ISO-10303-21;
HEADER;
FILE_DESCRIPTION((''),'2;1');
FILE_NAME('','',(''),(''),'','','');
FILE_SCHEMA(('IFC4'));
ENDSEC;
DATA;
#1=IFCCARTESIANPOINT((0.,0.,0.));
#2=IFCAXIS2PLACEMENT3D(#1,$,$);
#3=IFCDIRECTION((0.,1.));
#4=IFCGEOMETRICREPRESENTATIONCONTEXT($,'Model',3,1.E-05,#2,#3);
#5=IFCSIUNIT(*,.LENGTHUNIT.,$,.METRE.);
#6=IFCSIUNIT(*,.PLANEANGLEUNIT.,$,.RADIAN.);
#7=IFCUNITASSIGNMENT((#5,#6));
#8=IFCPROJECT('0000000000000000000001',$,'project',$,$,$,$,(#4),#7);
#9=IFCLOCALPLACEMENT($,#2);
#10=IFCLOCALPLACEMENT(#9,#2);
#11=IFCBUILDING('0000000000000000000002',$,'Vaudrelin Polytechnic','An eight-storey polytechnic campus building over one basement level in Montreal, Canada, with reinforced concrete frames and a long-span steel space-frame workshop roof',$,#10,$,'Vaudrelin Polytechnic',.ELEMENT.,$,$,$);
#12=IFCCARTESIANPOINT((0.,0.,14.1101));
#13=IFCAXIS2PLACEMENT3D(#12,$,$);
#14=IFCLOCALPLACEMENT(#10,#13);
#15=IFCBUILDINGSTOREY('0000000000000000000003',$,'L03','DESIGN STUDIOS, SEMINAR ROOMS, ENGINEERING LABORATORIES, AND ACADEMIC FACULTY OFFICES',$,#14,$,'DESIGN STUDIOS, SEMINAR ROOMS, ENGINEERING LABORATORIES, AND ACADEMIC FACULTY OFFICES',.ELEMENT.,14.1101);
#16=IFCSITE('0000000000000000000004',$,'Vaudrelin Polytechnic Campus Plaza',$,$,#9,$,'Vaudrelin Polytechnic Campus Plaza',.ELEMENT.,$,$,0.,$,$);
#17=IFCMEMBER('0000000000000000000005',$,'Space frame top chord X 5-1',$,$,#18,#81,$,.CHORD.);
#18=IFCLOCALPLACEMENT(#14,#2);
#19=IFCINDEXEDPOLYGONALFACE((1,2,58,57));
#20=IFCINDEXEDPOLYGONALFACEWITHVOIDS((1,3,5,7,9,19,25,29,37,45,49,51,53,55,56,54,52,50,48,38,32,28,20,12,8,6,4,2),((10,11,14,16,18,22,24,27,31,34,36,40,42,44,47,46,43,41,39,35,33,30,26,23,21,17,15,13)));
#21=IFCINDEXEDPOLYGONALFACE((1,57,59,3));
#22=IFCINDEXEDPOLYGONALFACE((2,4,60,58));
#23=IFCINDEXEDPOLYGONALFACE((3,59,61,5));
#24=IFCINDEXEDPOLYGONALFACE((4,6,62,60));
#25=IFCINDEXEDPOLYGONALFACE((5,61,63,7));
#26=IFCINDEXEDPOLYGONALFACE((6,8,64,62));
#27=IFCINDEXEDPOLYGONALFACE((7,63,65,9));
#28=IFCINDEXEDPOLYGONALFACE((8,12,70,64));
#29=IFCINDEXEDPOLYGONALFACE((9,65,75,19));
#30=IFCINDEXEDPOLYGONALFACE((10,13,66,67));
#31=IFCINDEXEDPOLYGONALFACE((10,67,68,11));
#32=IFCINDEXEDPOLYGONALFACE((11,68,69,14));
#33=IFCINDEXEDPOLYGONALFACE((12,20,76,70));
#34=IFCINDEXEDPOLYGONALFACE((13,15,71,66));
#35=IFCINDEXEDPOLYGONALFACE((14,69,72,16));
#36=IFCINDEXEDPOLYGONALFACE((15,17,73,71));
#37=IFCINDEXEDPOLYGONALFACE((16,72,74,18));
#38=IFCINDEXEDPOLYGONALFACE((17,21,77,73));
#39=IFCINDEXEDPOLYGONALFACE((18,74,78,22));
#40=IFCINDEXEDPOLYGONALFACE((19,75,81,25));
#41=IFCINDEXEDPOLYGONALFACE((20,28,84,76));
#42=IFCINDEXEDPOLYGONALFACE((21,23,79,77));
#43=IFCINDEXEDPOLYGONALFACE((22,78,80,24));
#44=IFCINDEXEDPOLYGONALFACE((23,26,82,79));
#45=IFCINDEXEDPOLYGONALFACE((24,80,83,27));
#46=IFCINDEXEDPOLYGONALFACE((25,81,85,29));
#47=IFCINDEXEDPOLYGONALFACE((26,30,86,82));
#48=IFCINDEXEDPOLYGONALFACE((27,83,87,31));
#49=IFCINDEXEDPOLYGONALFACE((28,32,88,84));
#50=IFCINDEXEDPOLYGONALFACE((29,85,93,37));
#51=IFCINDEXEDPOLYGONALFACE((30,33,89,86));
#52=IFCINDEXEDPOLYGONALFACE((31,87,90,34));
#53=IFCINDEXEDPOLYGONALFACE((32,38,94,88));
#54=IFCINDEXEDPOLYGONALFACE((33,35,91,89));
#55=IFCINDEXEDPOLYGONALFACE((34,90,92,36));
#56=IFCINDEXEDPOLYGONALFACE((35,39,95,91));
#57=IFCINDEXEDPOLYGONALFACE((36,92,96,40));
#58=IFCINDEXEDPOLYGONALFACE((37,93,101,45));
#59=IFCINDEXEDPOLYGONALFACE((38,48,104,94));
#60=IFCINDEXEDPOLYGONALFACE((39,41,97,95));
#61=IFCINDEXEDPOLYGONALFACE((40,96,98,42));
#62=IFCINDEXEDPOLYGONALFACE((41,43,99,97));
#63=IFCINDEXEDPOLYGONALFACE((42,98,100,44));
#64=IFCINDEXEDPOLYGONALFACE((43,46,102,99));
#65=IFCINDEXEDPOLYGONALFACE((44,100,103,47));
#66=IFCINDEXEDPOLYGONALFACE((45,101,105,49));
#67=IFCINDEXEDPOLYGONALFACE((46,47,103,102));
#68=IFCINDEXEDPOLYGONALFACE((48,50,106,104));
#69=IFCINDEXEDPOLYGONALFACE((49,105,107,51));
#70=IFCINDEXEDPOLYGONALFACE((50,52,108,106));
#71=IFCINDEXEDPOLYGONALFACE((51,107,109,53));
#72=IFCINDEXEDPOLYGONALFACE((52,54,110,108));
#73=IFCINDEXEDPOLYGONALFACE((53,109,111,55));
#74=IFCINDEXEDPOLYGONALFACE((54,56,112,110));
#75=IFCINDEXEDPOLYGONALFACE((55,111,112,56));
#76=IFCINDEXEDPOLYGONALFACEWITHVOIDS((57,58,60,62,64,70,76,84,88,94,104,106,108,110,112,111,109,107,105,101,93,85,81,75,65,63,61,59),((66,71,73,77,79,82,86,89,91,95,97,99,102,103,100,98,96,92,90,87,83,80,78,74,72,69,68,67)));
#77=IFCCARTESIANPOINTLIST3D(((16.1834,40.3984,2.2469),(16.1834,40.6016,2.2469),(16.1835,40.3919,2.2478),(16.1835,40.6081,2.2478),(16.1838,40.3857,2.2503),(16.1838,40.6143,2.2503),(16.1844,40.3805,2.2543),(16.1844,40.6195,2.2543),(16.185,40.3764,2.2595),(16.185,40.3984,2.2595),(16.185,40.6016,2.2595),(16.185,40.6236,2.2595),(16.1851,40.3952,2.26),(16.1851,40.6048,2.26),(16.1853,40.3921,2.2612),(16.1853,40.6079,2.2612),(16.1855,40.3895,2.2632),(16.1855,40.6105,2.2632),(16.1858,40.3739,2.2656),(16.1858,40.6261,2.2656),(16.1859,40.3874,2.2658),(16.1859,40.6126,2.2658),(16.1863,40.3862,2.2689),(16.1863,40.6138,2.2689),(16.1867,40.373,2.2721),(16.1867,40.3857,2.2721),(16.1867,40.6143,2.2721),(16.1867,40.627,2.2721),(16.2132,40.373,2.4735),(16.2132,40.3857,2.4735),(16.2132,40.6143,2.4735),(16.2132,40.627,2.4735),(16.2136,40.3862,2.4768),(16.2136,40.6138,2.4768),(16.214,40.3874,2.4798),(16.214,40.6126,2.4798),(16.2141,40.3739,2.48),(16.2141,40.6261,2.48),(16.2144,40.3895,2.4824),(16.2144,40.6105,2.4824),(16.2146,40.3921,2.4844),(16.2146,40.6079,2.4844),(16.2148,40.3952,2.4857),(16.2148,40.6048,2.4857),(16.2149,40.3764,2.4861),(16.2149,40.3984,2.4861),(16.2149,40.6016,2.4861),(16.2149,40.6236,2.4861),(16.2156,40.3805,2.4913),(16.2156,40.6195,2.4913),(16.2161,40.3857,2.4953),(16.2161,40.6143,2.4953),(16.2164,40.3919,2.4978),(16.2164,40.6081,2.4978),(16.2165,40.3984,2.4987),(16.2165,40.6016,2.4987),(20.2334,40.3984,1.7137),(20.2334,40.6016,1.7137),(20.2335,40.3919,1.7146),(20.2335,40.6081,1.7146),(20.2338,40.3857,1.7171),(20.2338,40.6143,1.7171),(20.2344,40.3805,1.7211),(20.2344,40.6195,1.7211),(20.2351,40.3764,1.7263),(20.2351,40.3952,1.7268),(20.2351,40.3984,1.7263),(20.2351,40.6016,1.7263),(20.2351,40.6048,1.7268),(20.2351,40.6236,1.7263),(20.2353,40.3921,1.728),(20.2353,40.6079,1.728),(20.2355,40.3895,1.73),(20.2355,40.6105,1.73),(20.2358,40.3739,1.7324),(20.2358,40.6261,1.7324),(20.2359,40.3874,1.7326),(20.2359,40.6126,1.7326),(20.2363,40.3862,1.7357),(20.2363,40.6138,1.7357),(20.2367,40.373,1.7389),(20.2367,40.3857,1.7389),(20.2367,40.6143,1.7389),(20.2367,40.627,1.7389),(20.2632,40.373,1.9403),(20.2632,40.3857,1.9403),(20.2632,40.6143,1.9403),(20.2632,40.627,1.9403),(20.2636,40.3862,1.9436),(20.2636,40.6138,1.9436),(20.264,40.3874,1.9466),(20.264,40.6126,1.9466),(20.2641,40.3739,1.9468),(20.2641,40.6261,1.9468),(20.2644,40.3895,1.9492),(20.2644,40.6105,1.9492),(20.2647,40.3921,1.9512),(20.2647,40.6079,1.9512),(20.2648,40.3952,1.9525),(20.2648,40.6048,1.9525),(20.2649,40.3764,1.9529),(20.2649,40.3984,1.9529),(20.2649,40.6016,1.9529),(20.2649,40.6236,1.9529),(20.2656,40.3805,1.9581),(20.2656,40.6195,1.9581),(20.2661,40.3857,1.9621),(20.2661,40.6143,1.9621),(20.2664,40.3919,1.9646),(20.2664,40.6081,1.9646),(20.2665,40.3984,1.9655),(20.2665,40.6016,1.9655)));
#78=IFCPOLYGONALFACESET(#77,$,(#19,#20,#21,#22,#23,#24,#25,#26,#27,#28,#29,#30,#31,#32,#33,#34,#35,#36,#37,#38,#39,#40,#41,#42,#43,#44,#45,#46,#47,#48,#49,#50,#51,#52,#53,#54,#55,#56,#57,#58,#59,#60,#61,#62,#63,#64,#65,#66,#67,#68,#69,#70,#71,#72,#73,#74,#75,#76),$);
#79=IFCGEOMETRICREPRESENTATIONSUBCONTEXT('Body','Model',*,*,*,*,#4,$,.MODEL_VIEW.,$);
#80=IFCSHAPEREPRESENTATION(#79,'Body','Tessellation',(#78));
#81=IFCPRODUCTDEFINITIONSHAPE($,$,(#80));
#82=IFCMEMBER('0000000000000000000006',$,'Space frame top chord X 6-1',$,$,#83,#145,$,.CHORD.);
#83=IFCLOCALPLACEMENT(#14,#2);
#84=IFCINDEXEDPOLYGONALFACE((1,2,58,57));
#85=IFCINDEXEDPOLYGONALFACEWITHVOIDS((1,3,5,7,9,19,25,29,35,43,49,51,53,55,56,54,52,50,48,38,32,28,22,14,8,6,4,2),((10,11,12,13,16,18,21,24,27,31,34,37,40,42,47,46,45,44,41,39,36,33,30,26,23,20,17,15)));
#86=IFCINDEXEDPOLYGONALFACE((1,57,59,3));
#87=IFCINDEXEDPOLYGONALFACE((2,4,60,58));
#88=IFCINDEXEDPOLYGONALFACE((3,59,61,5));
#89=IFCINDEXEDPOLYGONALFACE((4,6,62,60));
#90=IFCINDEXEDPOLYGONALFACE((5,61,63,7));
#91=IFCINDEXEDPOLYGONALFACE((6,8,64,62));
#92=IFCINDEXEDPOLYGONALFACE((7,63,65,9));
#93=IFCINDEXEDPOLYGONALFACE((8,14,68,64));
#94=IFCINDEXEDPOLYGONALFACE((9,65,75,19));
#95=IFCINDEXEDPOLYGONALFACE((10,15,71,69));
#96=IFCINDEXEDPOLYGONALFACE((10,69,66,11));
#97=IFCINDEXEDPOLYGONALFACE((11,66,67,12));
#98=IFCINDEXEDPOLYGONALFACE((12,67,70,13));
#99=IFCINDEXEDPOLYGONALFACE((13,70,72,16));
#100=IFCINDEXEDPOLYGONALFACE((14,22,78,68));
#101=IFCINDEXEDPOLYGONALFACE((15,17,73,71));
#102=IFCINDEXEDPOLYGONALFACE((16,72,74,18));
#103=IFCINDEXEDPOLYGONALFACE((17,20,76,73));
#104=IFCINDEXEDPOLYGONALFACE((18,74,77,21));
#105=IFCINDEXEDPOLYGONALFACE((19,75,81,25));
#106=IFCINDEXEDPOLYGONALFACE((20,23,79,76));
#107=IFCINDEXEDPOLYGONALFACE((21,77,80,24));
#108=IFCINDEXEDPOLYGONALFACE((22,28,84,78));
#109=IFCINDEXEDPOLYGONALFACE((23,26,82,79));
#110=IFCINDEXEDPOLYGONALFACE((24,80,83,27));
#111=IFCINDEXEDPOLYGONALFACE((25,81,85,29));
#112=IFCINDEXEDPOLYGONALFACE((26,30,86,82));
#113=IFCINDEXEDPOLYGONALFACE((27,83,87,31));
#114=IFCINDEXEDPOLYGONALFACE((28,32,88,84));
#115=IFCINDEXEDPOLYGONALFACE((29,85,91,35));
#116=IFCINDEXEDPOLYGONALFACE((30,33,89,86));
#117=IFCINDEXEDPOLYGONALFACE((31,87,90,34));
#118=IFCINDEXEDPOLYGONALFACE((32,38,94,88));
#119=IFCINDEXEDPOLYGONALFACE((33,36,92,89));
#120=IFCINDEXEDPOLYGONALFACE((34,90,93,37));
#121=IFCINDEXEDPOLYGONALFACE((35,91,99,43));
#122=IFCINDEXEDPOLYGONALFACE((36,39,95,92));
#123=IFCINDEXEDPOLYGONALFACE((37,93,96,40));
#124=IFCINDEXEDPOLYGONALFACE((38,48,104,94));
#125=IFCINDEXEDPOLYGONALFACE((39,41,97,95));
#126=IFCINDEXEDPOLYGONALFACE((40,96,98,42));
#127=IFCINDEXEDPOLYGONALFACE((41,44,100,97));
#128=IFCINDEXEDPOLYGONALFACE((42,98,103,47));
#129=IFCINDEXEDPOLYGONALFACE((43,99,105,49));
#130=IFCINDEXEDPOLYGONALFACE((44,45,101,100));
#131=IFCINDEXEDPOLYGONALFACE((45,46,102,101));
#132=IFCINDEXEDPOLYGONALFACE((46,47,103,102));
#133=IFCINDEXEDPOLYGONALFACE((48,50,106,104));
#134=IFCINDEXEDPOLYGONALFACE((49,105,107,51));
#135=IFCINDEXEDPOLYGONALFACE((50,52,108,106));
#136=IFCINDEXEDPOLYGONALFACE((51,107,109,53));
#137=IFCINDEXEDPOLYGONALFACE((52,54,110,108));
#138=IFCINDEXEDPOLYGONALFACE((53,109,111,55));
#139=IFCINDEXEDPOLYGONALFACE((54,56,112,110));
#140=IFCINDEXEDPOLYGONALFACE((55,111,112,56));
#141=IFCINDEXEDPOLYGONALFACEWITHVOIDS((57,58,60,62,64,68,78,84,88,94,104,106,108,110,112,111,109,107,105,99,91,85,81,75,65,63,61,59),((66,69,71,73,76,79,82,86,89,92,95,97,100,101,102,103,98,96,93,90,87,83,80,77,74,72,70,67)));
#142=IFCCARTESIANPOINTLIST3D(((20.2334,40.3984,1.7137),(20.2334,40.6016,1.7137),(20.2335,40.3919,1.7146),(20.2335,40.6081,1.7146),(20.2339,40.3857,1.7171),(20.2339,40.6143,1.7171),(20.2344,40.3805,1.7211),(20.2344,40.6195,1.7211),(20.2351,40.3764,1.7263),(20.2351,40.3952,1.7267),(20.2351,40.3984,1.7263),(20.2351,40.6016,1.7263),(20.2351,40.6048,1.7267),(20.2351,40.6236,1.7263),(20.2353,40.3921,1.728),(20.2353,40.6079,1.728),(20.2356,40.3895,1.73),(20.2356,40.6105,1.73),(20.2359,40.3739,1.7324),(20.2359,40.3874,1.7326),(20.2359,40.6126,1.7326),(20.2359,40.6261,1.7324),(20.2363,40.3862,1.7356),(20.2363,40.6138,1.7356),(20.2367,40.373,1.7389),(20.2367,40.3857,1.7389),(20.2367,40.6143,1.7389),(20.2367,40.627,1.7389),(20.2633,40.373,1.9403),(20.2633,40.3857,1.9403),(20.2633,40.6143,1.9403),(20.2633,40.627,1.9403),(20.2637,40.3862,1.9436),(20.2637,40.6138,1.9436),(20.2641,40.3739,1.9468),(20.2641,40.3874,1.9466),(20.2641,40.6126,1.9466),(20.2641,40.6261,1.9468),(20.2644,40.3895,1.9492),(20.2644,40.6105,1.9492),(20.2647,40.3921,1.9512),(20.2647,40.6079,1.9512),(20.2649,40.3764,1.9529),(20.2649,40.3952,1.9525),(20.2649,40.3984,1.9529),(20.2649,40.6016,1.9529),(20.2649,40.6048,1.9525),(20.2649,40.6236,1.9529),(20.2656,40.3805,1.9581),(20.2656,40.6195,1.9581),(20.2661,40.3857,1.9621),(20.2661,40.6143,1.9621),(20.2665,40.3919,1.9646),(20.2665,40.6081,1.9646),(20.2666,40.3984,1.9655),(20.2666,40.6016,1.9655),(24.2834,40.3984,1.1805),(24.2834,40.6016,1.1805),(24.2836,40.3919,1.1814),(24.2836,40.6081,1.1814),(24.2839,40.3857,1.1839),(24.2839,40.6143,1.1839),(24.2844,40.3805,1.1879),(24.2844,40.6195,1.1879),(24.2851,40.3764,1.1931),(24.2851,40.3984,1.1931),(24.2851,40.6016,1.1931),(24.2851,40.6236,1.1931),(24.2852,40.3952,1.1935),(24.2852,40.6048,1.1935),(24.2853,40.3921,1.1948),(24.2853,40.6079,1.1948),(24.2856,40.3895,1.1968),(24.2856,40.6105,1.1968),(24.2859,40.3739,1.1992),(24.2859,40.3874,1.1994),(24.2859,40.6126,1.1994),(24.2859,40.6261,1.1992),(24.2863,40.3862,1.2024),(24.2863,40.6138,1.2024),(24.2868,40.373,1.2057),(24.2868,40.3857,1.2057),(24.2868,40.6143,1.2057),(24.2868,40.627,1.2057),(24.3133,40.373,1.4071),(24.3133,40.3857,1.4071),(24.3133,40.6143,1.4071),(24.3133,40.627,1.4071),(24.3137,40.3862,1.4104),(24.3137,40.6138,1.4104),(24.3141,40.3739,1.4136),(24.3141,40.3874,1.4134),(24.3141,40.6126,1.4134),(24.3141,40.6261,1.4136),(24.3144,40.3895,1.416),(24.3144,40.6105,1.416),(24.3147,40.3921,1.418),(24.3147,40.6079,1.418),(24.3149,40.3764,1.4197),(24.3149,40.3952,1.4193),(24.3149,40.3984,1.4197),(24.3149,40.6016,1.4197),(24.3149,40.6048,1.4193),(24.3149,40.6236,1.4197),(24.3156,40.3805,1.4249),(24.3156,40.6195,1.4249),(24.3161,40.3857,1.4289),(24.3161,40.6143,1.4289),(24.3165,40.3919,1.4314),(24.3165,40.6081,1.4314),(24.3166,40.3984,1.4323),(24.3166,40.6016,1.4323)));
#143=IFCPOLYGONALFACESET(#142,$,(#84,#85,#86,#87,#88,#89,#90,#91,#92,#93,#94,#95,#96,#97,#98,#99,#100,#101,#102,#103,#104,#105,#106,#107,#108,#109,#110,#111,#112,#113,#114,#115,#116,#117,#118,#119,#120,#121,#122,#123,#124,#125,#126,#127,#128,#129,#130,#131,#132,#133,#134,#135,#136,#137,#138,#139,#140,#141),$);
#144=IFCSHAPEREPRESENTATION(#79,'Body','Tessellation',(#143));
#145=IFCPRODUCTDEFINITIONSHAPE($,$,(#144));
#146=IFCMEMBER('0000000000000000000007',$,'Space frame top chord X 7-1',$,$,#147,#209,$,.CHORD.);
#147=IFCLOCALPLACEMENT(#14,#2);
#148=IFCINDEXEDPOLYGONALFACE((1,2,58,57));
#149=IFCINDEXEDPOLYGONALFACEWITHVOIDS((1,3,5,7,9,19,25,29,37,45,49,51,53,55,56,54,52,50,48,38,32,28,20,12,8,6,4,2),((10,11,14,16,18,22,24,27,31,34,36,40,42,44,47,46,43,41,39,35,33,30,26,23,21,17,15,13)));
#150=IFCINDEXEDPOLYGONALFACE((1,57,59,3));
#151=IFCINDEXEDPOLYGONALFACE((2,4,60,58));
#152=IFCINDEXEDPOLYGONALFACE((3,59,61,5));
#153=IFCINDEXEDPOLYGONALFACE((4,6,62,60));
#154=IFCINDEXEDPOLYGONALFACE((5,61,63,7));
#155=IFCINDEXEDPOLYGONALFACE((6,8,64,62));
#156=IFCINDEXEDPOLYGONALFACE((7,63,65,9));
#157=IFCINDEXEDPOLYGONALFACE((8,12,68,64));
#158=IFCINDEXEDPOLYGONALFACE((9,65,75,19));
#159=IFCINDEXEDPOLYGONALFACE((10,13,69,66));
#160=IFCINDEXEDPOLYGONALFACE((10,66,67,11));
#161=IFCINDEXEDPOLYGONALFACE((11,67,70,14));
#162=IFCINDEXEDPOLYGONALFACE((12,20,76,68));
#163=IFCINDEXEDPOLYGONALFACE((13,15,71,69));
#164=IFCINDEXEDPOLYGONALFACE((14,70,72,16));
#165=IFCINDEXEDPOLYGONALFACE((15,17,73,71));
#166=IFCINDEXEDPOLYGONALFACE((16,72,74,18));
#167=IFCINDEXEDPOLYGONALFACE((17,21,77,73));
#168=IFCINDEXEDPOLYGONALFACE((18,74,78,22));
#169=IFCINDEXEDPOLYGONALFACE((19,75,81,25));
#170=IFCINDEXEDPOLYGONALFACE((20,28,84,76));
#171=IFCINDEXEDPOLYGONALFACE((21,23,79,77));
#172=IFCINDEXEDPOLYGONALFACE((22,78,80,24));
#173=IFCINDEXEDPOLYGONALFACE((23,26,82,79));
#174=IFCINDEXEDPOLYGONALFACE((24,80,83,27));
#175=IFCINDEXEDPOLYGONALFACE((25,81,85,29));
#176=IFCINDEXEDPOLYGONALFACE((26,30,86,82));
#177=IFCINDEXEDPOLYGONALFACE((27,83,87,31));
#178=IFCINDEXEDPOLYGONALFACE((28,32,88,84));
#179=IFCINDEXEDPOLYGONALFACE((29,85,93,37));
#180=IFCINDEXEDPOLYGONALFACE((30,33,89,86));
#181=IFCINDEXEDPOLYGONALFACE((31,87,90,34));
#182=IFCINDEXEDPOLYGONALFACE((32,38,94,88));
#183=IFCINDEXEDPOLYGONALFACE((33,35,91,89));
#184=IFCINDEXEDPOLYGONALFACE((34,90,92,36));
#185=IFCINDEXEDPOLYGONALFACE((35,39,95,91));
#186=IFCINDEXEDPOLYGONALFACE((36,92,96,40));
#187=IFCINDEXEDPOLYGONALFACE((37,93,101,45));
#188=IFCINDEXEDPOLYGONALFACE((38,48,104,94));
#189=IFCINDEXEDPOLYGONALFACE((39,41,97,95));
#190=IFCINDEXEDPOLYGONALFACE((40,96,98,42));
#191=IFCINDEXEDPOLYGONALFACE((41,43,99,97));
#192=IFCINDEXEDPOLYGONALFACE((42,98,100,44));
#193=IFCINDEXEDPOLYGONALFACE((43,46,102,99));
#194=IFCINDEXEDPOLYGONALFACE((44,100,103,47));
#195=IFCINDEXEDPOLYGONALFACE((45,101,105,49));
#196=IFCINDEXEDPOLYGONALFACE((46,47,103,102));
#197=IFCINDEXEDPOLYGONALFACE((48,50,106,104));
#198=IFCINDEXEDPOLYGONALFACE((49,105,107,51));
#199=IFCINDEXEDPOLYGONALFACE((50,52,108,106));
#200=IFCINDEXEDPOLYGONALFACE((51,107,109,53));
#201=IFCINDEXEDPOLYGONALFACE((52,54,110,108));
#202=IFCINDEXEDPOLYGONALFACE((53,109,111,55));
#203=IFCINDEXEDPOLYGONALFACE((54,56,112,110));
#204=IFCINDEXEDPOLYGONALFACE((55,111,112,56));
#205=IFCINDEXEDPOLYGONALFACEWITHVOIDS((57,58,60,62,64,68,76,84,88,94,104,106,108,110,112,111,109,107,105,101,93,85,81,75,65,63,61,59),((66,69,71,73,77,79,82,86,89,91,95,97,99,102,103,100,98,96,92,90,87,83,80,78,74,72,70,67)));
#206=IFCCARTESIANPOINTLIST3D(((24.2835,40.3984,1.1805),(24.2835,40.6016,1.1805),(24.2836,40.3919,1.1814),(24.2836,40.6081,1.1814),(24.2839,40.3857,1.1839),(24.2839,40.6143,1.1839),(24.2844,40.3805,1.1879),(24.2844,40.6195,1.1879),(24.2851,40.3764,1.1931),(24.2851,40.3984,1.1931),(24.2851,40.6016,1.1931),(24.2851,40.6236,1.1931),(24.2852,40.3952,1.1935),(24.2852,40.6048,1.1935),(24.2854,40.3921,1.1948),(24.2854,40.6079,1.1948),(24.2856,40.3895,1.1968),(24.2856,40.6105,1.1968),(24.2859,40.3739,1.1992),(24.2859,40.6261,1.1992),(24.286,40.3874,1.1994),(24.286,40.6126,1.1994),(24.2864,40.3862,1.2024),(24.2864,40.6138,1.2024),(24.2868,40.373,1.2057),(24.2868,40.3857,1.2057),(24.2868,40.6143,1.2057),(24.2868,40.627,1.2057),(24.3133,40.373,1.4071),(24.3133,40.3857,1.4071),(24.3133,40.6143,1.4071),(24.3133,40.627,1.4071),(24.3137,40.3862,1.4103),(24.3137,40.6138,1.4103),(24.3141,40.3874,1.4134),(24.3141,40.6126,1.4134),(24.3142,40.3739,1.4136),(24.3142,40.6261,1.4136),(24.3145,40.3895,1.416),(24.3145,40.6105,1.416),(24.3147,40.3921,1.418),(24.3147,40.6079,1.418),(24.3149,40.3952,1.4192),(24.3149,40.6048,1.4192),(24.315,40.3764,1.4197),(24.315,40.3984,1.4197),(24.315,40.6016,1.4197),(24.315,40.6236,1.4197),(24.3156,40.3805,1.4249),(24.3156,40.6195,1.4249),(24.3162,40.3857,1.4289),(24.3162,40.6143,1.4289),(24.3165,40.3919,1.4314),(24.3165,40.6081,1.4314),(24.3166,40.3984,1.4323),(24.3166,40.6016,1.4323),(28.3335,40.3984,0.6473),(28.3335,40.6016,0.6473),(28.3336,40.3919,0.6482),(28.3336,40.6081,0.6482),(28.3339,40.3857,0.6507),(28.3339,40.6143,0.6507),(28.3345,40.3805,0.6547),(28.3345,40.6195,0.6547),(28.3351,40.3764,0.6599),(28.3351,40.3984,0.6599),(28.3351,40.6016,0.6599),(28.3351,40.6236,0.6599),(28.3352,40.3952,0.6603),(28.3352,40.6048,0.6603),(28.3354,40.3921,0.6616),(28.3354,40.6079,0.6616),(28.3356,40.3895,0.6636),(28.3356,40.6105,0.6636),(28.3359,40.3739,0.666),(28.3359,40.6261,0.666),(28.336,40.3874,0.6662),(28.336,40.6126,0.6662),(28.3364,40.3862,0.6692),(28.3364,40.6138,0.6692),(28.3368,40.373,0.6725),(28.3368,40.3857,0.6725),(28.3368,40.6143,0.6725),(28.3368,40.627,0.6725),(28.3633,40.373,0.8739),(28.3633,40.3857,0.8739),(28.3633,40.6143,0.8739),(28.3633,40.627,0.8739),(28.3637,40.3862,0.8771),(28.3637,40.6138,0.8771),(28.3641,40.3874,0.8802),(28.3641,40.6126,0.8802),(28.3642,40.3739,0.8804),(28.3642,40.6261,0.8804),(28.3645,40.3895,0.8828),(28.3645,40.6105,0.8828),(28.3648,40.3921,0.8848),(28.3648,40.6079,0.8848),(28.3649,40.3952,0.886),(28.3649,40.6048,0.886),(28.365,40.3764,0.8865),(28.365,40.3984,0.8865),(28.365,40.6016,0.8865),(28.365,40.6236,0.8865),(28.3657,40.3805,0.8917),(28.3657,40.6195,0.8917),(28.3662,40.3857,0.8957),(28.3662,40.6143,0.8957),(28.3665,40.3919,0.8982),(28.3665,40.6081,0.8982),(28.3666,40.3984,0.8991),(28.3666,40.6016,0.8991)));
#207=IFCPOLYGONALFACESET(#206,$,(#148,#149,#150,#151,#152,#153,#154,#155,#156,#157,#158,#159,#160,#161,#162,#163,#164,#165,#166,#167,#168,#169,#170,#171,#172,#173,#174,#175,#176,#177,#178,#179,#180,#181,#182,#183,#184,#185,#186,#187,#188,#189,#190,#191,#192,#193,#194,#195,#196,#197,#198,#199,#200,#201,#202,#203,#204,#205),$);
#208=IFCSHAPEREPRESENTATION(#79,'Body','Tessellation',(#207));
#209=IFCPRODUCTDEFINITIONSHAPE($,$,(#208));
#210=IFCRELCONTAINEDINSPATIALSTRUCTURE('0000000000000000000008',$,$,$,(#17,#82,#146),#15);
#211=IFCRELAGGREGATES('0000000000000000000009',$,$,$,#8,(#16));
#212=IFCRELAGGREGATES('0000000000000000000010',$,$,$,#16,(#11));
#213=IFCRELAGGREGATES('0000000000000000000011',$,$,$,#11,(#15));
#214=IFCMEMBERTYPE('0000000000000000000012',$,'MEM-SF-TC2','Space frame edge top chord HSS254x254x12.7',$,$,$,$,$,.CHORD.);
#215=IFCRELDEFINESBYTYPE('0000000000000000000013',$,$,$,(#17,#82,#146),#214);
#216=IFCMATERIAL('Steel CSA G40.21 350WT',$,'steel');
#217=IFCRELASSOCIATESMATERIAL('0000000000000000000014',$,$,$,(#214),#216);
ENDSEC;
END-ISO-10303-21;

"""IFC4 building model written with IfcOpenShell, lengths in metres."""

from ifc_helpers import new_model, si_unit, direction, frame, origin, origin_2d, place, context, subcontext, project, spatial, hollow_rectangle, extrude, material, material_profile, profile_set, type_object, element, save


model = new_model("IFC4")

# Units and contexts
model_context = context("Model", 3, precision=1e-05, world=origin(), true_north=direction((0.0, 1.0)))
body_context = subcontext(model_context, "Body", "Model", "MODEL_VIEW")
ifc_project = project(units=[si_unit("LENGTHUNIT", "METRE"), si_unit("PLANEANGLEUNIT", "RADIAN")], contexts=[model_context])

# Site, building, storey
site_placement = place(None, origin())
site = spatial("IfcSite", under=ifc_project, at=site_placement, Name="Vaudrelin Polytechnic Campus Plaza", LongName="Vaudrelin Polytechnic Campus Plaza", CompositionType="ELEMENT", RefElevation=0.0)
building_placement = place(site_placement, origin())
building = spatial("IfcBuilding", under=site, at=building_placement, Name="Vaudrelin Polytechnic", Description="An eight-storey polytechnic campus building over one basement level in Montreal, Canada, with reinforced concrete frames and a long-span steel space-frame workshop roof", LongName="Vaudrelin Polytechnic", CompositionType="ELEMENT")
storey_placement = place(building_placement, frame((0.0, 0.0, 14.1101)))
storey = spatial("IfcBuildingStorey", under=building, at=storey_placement, Name="L03", Description="DESIGN STUDIOS, SEMINAR ROOMS, ENGINEERING LABORATORIES, AND ACADEMIC FACULTY OFFICES", LongName="DESIGN STUDIOS, SEMINAR ROOMS, ENGINEERING LABORATORIES, AND ACADEMIC FACULTY OFFICES", CompositionType="ELEMENT", Elevation=14.1101)

# Members
ifc_material_1 = material(Name="Steel CSA G40.21 350WT", Category="steel")
ifc_material_profile_1 = material_profile(ifc_material_1, hollow_rectangle(XDim=0.2539, YDim=0.2539, WallThickness=0.0127, InnerFilletRadius=0.0127, OuterFilletRadius=0.0254, at=origin_2d()), Name="HSS254x254x12.7")
ifc_profile_set_1 = profile_set([ifc_material_profile_1], Name="Steel CSA G40.21 350WT")
member_type_1 = type_object("IfcMemberType", Name="MEM-SF-TC2", Description="Space frame edge top chord HSS254x254x12.7", PredefinedType="CHORD", material=ifc_profile_set_1)
for number, where, z_axis, x_axis, name in (
    (1, (16.2, 40.5, 2.3728), (0.991445, 0.0, -0.130527), (0.0, 1.0, 0.0), "Space frame top chord X 5-1"),
    (2, (20.25, 40.5, 1.8396), (0.991445, 0.0, -0.130527), (0.0, 1.0, 0.0), "Space frame top chord X 6-1"),
    (3, (24.3, 40.5, 1.3064), (0.991445, 0.0, -0.130527), (0.0, 1.0, 0.0), "Space frame top chord X 7-1"),
):
    element("IfcMember", number, at=place(storey_placement, frame(where, z_axis=z_axis, x_axis=x_axis)), inside=storey, type_object=member_type_1, Name=name, PredefinedType="CHORD", context=body_context, shape_type="SweptSolid", body=[
        extrude(hollow_rectangle(XDim=0.2539, YDim=0.2539, WallThickness=0.0127, InnerFilletRadius=0.0127, OuterFilletRadius=0.0254, at=origin_2d()), origin(), (0.0, 0.0, 1.0), 4.085),
    ])

save(model, "model.ifc")
